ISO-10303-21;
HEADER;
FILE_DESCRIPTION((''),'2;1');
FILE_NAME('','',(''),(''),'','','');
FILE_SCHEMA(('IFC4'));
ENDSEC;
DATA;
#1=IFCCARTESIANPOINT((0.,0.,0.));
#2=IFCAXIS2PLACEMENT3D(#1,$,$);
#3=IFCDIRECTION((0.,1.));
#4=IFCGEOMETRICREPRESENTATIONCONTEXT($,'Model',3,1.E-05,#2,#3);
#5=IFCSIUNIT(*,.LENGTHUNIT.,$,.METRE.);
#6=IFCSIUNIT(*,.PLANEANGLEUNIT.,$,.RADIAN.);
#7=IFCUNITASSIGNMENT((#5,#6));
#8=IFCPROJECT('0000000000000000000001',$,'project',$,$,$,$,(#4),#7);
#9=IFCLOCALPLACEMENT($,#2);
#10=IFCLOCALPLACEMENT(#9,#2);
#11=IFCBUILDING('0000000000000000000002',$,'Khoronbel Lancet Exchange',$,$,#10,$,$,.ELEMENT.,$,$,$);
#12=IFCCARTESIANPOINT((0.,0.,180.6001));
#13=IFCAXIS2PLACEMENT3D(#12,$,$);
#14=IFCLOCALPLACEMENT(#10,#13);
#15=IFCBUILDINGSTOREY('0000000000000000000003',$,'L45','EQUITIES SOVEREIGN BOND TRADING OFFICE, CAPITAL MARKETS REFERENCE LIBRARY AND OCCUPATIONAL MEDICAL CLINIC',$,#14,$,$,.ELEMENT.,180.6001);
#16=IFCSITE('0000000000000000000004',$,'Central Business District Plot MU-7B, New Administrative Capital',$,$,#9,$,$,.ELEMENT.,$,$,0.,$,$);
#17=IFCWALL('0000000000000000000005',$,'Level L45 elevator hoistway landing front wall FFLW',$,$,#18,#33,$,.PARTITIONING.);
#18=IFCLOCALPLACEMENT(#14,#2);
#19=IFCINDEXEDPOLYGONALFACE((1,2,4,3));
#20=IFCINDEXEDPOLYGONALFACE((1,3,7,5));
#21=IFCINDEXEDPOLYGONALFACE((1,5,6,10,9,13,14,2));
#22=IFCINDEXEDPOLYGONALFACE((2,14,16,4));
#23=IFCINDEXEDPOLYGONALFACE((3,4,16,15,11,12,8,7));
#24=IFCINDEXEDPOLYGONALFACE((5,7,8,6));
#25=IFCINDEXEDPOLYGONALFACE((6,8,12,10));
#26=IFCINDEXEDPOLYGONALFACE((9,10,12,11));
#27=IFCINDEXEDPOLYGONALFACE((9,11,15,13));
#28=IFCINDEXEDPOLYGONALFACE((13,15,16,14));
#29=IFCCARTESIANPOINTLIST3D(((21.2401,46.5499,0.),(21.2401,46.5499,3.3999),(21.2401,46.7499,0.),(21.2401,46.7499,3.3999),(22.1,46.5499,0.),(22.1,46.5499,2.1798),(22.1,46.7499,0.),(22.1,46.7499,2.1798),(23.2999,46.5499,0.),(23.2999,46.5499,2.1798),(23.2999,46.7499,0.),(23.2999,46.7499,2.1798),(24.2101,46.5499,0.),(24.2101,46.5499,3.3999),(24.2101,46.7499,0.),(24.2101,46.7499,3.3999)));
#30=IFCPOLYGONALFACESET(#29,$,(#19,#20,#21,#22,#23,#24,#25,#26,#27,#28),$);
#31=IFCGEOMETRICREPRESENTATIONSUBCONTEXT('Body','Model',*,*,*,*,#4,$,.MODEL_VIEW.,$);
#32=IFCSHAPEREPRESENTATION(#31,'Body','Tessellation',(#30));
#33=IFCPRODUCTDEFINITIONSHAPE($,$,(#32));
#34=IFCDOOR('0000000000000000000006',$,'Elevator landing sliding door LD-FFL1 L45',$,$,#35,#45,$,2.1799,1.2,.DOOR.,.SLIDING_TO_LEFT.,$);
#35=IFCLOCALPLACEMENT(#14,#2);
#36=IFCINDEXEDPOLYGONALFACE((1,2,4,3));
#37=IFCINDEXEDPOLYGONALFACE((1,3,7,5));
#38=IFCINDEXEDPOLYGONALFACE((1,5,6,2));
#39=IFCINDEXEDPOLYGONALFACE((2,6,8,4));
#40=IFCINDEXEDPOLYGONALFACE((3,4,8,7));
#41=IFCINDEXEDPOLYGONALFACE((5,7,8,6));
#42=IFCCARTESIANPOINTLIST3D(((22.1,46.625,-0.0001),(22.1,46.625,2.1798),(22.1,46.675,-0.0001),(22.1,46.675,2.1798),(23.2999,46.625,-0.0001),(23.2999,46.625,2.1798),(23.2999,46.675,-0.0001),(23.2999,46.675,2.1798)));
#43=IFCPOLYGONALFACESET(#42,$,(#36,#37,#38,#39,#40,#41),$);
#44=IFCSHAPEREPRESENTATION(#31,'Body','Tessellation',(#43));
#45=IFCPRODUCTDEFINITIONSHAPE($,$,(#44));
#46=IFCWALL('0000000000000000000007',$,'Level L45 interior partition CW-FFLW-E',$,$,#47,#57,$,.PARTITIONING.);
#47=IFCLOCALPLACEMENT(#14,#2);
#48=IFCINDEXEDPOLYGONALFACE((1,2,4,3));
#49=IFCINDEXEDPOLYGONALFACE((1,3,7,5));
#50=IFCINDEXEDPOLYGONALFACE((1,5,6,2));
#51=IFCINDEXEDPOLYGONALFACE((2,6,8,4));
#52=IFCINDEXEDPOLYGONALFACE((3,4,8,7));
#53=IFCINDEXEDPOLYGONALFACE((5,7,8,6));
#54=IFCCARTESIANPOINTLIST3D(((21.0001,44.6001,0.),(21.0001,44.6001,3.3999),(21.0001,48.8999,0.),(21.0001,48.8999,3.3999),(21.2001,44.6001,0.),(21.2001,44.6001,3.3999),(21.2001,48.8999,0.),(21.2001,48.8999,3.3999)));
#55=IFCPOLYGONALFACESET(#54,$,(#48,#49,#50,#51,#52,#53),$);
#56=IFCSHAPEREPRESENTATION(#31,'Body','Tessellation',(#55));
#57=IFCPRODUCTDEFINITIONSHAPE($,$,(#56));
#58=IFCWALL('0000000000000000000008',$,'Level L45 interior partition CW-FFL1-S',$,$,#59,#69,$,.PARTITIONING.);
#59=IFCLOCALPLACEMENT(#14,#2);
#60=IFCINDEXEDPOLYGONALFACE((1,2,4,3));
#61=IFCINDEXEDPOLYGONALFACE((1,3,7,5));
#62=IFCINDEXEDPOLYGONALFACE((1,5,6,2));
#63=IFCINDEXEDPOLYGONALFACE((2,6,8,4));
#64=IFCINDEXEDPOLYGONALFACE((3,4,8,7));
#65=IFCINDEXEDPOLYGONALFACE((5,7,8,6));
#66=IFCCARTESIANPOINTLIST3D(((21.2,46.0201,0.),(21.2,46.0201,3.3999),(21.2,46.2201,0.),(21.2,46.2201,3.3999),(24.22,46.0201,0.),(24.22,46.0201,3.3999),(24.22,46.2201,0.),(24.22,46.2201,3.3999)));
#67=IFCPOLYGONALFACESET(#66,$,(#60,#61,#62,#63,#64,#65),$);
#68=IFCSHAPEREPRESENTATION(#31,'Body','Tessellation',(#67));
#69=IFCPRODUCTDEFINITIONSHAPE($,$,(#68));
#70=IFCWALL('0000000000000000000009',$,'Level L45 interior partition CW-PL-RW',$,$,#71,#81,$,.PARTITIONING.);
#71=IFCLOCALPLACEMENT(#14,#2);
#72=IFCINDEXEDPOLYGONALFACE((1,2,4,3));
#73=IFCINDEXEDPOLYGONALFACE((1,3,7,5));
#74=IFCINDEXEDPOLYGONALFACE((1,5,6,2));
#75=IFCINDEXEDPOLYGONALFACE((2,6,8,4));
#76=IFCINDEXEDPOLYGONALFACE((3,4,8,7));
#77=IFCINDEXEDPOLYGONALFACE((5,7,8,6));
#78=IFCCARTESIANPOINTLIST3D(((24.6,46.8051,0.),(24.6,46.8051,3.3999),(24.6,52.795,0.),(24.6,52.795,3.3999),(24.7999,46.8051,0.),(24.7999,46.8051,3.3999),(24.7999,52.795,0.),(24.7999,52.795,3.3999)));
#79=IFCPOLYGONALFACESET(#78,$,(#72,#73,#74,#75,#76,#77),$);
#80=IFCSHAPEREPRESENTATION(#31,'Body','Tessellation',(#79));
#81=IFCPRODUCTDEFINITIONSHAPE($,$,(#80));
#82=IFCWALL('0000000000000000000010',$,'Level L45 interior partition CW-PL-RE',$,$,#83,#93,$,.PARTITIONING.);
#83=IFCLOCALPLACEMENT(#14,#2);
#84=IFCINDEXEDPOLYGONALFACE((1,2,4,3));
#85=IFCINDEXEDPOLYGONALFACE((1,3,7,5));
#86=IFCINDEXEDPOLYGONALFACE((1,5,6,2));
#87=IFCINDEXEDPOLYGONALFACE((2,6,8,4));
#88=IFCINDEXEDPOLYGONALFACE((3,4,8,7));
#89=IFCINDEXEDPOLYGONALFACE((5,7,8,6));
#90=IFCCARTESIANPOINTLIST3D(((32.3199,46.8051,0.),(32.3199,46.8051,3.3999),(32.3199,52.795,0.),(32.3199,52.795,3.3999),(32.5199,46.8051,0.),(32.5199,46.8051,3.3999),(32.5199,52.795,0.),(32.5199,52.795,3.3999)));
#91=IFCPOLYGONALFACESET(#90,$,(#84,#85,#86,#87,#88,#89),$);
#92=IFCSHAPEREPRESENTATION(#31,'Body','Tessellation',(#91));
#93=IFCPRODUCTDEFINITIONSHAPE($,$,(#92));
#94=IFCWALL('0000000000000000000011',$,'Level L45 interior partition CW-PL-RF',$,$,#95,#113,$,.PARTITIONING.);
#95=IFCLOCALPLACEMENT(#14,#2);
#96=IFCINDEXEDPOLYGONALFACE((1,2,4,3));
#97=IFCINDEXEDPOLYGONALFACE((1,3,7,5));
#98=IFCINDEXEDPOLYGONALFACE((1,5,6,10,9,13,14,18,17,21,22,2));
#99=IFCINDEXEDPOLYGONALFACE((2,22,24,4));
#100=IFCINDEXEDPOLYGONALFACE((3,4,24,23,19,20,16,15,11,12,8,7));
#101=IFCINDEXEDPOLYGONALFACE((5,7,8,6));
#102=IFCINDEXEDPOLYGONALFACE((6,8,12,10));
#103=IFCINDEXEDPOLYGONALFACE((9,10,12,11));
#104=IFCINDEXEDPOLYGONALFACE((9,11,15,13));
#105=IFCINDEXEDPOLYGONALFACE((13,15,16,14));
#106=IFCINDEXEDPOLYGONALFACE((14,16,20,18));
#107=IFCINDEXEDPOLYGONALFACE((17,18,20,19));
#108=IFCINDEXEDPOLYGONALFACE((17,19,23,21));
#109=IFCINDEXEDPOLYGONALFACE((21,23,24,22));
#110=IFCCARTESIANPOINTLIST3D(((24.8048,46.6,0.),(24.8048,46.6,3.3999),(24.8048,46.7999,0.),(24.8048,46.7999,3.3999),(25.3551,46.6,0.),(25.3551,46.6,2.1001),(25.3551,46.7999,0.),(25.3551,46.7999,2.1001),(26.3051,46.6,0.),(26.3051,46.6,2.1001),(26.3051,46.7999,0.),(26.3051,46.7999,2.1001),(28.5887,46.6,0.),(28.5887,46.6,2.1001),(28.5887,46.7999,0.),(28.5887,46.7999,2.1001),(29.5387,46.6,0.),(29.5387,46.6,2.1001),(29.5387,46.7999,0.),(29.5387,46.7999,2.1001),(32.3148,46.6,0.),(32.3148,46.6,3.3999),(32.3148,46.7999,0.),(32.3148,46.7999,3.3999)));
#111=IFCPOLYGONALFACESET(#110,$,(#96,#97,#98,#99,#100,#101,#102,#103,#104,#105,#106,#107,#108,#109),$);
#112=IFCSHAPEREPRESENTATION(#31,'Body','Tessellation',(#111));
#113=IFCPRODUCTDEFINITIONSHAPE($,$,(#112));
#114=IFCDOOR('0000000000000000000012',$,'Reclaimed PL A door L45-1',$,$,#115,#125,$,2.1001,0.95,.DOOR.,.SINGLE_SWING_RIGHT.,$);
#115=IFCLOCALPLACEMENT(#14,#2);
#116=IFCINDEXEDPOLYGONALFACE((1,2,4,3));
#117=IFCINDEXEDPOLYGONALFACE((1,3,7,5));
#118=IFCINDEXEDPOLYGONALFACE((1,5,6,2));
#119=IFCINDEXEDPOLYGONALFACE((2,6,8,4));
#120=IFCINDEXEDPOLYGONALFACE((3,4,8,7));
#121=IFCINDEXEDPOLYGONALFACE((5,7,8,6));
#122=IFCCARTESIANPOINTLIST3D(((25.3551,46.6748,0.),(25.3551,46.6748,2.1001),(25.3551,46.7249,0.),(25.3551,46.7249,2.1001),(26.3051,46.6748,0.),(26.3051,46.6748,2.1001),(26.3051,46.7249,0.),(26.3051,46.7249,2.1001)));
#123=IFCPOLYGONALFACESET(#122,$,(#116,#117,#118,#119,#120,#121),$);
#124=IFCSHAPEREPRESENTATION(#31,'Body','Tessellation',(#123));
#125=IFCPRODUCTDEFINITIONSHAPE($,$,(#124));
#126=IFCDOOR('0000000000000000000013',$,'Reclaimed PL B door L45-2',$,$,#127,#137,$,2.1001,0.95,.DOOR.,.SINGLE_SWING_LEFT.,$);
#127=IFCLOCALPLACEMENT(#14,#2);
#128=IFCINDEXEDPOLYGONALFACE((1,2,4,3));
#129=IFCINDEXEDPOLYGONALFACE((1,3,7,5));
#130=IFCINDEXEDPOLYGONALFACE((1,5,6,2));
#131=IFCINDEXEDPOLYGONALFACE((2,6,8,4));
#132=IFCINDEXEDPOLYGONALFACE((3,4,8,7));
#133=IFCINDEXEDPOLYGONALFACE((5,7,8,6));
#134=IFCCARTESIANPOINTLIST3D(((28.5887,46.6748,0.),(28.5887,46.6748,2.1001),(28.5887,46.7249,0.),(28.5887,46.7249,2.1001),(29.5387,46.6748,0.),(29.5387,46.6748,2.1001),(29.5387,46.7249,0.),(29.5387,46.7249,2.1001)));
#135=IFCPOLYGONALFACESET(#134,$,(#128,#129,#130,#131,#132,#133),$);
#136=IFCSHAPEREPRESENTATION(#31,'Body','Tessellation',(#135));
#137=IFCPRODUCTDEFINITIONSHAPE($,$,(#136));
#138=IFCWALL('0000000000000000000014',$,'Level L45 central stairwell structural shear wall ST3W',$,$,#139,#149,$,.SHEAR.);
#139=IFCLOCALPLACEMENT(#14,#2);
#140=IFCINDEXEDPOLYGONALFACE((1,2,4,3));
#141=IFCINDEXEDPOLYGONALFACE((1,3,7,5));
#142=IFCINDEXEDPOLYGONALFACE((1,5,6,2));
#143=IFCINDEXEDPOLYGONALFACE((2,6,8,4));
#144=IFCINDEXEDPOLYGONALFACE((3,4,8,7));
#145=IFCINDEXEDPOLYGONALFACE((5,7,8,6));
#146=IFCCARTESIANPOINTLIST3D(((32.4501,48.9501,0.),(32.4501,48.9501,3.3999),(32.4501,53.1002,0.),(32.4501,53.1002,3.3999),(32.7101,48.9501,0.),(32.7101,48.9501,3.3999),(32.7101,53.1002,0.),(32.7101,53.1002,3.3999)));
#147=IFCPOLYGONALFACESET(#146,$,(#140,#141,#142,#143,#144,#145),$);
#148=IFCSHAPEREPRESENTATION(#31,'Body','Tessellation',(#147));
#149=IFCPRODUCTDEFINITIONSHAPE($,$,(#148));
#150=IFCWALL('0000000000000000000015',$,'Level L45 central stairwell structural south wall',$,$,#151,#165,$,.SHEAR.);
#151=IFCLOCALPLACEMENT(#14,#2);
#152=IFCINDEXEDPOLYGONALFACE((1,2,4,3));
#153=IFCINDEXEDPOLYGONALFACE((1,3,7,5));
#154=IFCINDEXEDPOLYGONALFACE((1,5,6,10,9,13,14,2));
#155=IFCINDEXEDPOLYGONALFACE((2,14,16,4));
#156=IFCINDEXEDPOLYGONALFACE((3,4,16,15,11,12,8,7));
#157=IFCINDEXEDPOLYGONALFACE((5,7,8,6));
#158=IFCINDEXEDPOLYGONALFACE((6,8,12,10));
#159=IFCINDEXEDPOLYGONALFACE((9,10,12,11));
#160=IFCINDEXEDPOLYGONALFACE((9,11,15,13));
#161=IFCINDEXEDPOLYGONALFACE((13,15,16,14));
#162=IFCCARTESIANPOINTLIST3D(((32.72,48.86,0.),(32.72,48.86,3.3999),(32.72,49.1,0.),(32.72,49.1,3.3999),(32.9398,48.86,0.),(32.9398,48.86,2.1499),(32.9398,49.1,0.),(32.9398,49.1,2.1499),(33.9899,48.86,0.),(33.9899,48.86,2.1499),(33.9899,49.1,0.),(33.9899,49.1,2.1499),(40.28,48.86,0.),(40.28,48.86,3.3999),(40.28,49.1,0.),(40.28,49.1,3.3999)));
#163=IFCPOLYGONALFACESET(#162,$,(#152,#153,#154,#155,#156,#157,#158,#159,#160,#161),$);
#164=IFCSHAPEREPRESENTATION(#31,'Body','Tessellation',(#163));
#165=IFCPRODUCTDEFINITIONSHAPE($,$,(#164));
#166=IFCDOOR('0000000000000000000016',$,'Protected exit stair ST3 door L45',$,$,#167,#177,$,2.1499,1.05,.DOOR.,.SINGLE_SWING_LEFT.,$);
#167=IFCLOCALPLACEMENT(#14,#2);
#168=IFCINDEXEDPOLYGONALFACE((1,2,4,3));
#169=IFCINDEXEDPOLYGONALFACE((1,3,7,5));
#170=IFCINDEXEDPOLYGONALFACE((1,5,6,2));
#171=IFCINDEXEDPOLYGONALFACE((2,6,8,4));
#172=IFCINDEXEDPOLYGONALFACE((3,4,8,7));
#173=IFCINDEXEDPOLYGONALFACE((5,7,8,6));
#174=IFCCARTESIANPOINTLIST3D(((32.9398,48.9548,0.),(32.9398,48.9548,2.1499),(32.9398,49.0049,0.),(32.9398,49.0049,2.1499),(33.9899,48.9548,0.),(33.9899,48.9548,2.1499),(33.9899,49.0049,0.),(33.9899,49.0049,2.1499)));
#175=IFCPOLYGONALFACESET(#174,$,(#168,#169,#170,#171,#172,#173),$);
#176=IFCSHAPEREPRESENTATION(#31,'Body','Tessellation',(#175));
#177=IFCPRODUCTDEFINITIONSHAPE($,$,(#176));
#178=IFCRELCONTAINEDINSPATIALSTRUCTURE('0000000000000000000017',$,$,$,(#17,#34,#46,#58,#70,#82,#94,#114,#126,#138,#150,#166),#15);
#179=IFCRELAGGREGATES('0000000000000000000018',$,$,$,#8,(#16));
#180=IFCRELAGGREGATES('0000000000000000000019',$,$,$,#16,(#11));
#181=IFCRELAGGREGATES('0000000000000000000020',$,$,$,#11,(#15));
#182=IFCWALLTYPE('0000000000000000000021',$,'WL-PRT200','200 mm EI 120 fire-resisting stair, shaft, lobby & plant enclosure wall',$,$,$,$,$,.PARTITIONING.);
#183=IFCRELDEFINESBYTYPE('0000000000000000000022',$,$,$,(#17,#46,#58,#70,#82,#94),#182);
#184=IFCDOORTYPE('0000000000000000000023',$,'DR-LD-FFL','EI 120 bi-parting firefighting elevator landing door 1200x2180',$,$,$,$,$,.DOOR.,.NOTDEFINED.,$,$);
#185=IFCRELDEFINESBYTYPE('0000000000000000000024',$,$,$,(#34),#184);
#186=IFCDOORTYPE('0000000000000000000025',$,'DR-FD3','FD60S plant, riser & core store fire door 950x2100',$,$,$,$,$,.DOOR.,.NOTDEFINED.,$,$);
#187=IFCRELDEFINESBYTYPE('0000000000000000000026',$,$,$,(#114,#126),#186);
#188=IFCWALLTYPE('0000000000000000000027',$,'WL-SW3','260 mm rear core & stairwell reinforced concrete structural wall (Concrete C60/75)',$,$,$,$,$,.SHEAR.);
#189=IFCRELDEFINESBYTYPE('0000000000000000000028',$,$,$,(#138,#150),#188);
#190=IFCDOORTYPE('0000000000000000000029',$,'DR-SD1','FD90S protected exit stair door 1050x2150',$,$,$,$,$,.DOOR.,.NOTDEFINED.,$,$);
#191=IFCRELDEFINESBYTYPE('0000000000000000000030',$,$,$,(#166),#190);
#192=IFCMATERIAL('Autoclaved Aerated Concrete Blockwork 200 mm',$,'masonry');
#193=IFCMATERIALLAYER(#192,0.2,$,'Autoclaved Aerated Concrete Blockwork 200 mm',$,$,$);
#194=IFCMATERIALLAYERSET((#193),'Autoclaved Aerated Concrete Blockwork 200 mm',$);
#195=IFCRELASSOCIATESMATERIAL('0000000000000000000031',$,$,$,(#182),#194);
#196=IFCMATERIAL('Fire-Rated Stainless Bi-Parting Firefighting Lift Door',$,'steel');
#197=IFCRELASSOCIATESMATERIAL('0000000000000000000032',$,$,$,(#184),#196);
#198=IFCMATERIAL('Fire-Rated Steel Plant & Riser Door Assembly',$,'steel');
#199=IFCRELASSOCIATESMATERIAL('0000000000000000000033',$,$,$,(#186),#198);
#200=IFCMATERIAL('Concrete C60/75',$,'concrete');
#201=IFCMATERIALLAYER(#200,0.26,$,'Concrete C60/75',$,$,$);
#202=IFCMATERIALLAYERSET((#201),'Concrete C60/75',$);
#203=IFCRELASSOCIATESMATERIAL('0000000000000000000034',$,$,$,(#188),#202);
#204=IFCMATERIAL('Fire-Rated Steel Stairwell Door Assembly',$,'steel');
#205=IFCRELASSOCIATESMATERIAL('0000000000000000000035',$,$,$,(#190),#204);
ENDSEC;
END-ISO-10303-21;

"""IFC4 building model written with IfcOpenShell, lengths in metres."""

from ifc_helpers import new_model, si_unit, direction, frame, frame_2d, origin, place, context, subcontext, project, spatial, rectangle, extrude, material, layer, layer_set, type_object, element, fill, save


model = new_model("IFC4")

# Units and contexts
model_context = context("Model", 3, precision=1e-05, world=origin(), true_north=direction((0.0, 1.0)))
body_context = subcontext(model_context, "Body", "Model", "MODEL_VIEW")
ifc_project = project(units=[si_unit("LENGTHUNIT", "METRE"), si_unit("PLANEANGLEUNIT", "RADIAN")], contexts=[model_context])

# Site, building, storey
site_placement = place(None, origin())
site = spatial("IfcSite", under=ifc_project, at=site_placement, Name="Central Business District Plot MU-7B, New Administrative Capital", CompositionType="ELEMENT", RefElevation=0.0)
building_placement = place(site_placement, origin())
building = spatial("IfcBuilding", under=site, at=building_placement, Name="Khoronbel Lancet Exchange", CompositionType="ELEMENT")
storey_placement = place(building_placement, frame((0.0, 0.0, 180.6001)))
storey = spatial("IfcBuildingStorey", under=building, at=storey_placement, Name="L45", Description="EQUITIES SOVEREIGN BOND TRADING OFFICE, CAPITAL MARKETS REFERENCE LIBRARY AND OCCUPATIONAL MEDICAL CLINIC", CompositionType="ELEMENT", Elevation=180.6001)

# Wall, opening, door
ifc_material_1 = material(Name="Autoclaved Aerated Concrete Blockwork 200 mm", Category="masonry")
ifc_layer_1 = layer(ifc_material_1, 0.2, Name="Autoclaved Aerated Concrete Blockwork 200 mm")
ifc_layer_set_1 = layer_set([ifc_layer_1], Name="Autoclaved Aerated Concrete Blockwork 200 mm")
wall_type_1 = type_object("IfcWallType", Name="WL-PRT200", Description="200 mm EI 120 fire-resisting stair, shaft, lobby & plant enclosure wall", PredefinedType="PARTITIONING", material=ifc_layer_set_1)
wall_1_placement = place(storey_placement, frame((24.21, 46.6499, 0.0), z_axis=(0.0, 0.0, 1.0), x_axis=(-1.0, 0.0, 0.0)))
wall_1 = element("IfcWall", 1, at=wall_1_placement, inside=storey, type_object=wall_type_1, Name="Level L45 elevator hoistway landing front wall FFLW", PredefinedType="PARTITIONING", context=body_context, shape_type="SweptSolid", body=[
    extrude(rectangle(XDim=2.97, YDim=0.2, at=frame_2d((1.4849, 0.0))), origin(), (0.0, 0.0, 1.0), 3.3999),
])
opening_1_placement = place(wall_1_placement, frame((0.9099, 0.0, 0.0)))
opening_1 = element("IfcOpeningElement", 2, at=opening_1_placement, cuts=wall_1, PredefinedType="OPENING", context=body_context, shape_type="SweptSolid", body=[
    extrude(rectangle(XDim=1.2, YDim=2.1799, at=frame_2d((0.6001, 1.0898))), frame((0.0, 0.1099, 0.0), z_axis=(0.0, -1.0, 0.0), x_axis=(1.0, 0.0, 0.0)), (0.0, 0.0, 1.0), 0.22),
])
ifc_material_2 = material(Name="Fire-Rated Stainless Bi-Parting Firefighting Lift Door", Category="steel")
door_type_1 = type_object("IfcDoorType", Name="DR-LD-FFL", Description="EI 120 bi-parting firefighting elevator landing door 1200x2180", OperationType="NOTDEFINED", PredefinedType="DOOR", material=ifc_material_2)
door_1_placement = place(opening_1_placement, origin())
door_1 = element("IfcDoor", 3, at=door_1_placement, inside=storey, type_object=door_type_1, Name="Elevator landing sliding door LD-FFL1 L45", OperationType="SLIDING_TO_LEFT", OverallHeight=2.1799, OverallWidth=1.2, PredefinedType="DOOR", context=body_context, shape_type="SweptSolid", body=[
    extrude(rectangle(XDim=1.2, YDim=2.1799, at=frame_2d((0.6001, 1.0898))), frame((0.0, 0.0249, 0.0), z_axis=(0.0, -1.0, 0.0), x_axis=(1.0, 0.0, 0.0)), (0.0, 0.0, 1.0), 0.05),
])
fill(opening_1, door_1)

# Walls
wall_2_placement = place(storey_placement, frame((21.1001, 44.6001, 0.0), z_axis=(0.0, 0.0, 1.0), x_axis=(0.0, 1.0, 0.0)))
element("IfcWall", 4, at=wall_2_placement, inside=storey, type_object=wall_type_1, Name="Level L45 interior partition CW-FFLW-E", PredefinedType="PARTITIONING", context=body_context, shape_type="SweptSolid", body=[
    extrude(rectangle(XDim=4.2998, YDim=0.2, at=frame_2d((2.1499, 0.0))), origin(), (0.0, 0.0, 1.0), 3.3999),
])
wall_3_placement = place(storey_placement, frame((21.2, 46.1201, 0.0), z_axis=(0.0, 0.0, 1.0), x_axis=(1.0, 0.0, 0.0)))
element("IfcWall", 5, at=wall_3_placement, inside=storey, type_object=wall_type_1, Name="Level L45 interior partition CW-FFL1-S", PredefinedType="PARTITIONING", context=body_context, shape_type="SweptSolid", body=[
    extrude(rectangle(XDim=3.02, YDim=0.2, at=frame_2d((1.51, 0.0))), origin(), (0.0, 0.0, 1.0), 3.3999),
])
for number, where, z_axis, x_axis, name in (
    (6, (24.7, 46.8049, 0.0), (0.0, 0.0, 1.0), (0.0, 1.0, 0.0), "Level L45 interior partition CW-PL-RW"),
    (7, (32.4199, 46.8049, 0.0), (0.0, 0.0, 1.0), (0.0, 1.0, 0.0), "Level L45 interior partition CW-PL-RE"),
):
    element("IfcWall", number, at=place(storey_placement, frame(where, z_axis=z_axis, x_axis=x_axis)), inside=storey, type_object=wall_type_1, Name=name, PredefinedType="PARTITIONING", context=body_context, shape_type="SweptSolid", body=[
        extrude(rectangle(XDim=5.99, YDim=0.2, at=frame_2d((2.9951, 0.0))), origin(), (0.0, 0.0, 1.0), 3.3999),
    ])

# Wall, openings, doors
wall_4_placement = place(storey_placement, frame((24.8049, 46.7, 0.0), z_axis=(0.0, 0.0, 1.0), x_axis=(1.0, 0.0, 0.0)))
wall_4 = element("IfcWall", 8, at=wall_4_placement, inside=storey, type_object=wall_type_1, Name="Level L45 interior partition CW-PL-RF", PredefinedType="PARTITIONING", context=body_context, shape_type="SweptSolid", body=[
    extrude(rectangle(XDim=7.51, YDim=0.2, at=frame_2d((3.7549, 0.0))), origin(), (0.0, 0.0, 1.0), 3.3999),
])
opening_2_placement = place(wall_4_placement, frame((0.55, 0.0, 0.0)))
opening_2 = element("IfcOpeningElement", 9, at=opening_2_placement, cuts=wall_4, PredefinedType="OPENING", context=body_context, shape_type="SweptSolid", body=[
    extrude(rectangle(XDim=0.95, YDim=2.1001, at=frame_2d((0.4751, 1.05))), frame((0.0, 0.1099, 0.0), z_axis=(0.0, -1.0, 0.0), x_axis=(1.0, 0.0, 0.0)), (0.0, 0.0, 1.0), 0.22),
])
opening_3_placement = place(wall_4_placement, frame((3.7837, 0.0, 0.0)))
opening_3 = element("IfcOpeningElement", 10, at=opening_3_placement, cuts=wall_4, PredefinedType="OPENING", context=body_context, shape_type="SweptSolid", body=[
    extrude(rectangle(XDim=0.95, YDim=2.1001, at=frame_2d((0.4751, 1.05))), frame((0.0, 0.1099, 0.0), z_axis=(0.0, -1.0, 0.0), x_axis=(1.0, 0.0, 0.0)), (0.0, 0.0, 1.0), 0.22),
])
ifc_material_3 = material(Name="Fire-Rated Steel Plant & Riser Door Assembly", Category="steel")
door_type_2 = type_object("IfcDoorType", Name="DR-FD3", Description="FD60S plant, riser & core store fire door 950x2100", OperationType="NOTDEFINED", PredefinedType="DOOR", material=ifc_material_3)
door_2_placement = place(opening_2_placement, origin())
door_2 = element("IfcDoor", 11, at=door_2_placement, inside=storey, type_object=door_type_2, Name="Reclaimed PL A door L45-1", OperationType="SINGLE_SWING_RIGHT", OverallHeight=2.1001, OverallWidth=0.95, PredefinedType="DOOR", context=body_context, shape_type="SweptSolid", body=[
    extrude(rectangle(XDim=0.95, YDim=2.1001, at=frame_2d((0.4751, 1.05))), frame((0.0, 0.0249, 0.0), z_axis=(0.0, -1.0, 0.0), x_axis=(1.0, 0.0, 0.0)), (0.0, 0.0, 1.0), 0.05),
])
fill(opening_2, door_2)
door_3_placement = place(opening_3_placement, origin())
door_3 = element("IfcDoor", 12, at=door_3_placement, inside=storey, type_object=door_type_2, Name="Reclaimed PL B door L45-2", OperationType="SINGLE_SWING_LEFT", OverallHeight=2.1001, OverallWidth=0.95, PredefinedType="DOOR", context=body_context, shape_type="SweptSolid", body=[
    extrude(rectangle(XDim=0.95, YDim=2.1001, at=frame_2d((0.4751, 1.05))), frame((0.0, 0.0249, 0.0), z_axis=(0.0, -1.0, 0.0), x_axis=(1.0, 0.0, 0.0)), (0.0, 0.0, 1.0), 0.05),
])
fill(opening_3, door_3)

# Wall
ifc_material_4 = material(Name="Concrete C60/75", Category="concrete")
ifc_layer_2 = layer(ifc_material_4, 0.26, Name="Concrete C60/75")
ifc_layer_set_2 = layer_set([ifc_layer_2], Name="Concrete C60/75")
wall_type_2 = type_object("IfcWallType", Name="WL-SW3", Description="260 mm rear core & stairwell reinforced concrete structural wall (Concrete C60/75)", PredefinedType="SHEAR", material=ifc_layer_set_2)
wall_5_placement = place(storey_placement, frame((32.5801, 48.95, 0.0), z_axis=(0.0, 0.0, 1.0), x_axis=(0.0, 1.0, 0.0)))
element("IfcWall", 13, at=wall_5_placement, inside=storey, type_object=wall_type_2, Name="Level L45 central stairwell structural shear wall ST3W", PredefinedType="SHEAR", context=body_context, shape_type="SweptSolid", body=[
    extrude(rectangle(XDim=4.1501, YDim=0.26, at=frame_2d((2.0752, 0.0))), origin(), (0.0, 0.0, 1.0), 3.3999),
])

# Wall, opening, door
wall_6_placement = place(storey_placement, frame((32.72, 48.98, 0.0), z_axis=(0.0, 0.0, 1.0), x_axis=(1.0, 0.0, 0.0)))
wall_6 = element("IfcWall", 14, at=wall_6_placement, inside=storey, type_object=wall_type_2, Name="Level L45 central stairwell structural south wall", PredefinedType="SHEAR", context=body_context, shape_type="SweptSolid", body=[
    extrude(rectangle(XDim=7.5601, YDim=0.24, at=frame_2d((3.78, 0.0))), origin(), (0.0, 0.0, 1.0), 3.3999),
])
opening_4_placement = place(wall_6_placement, frame((0.22, 0.0, 0.0)))
opening_4 = element("IfcOpeningElement", 15, at=opening_4_placement, cuts=wall_6, PredefinedType="OPENING", context=body_context, shape_type="SweptSolid", body=[
    extrude(rectangle(XDim=1.05, YDim=2.1499, at=frame_2d((0.5249, 1.075))), frame((0.0, 0.1299, 0.0), z_axis=(0.0, -1.0, 0.0), x_axis=(1.0, 0.0, 0.0)), (0.0, 0.0, 1.0), 0.26),
])
ifc_material_5 = material(Name="Fire-Rated Steel Stairwell Door Assembly", Category="steel")
door_type_3 = type_object("IfcDoorType", Name="DR-SD1", Description="FD90S protected exit stair door 1050x2150", OperationType="NOTDEFINED", PredefinedType="DOOR", material=ifc_material_5)
door_4_placement = place(opening_4_placement, origin())
door_4 = element("IfcDoor", 16, at=door_4_placement, inside=storey, type_object=door_type_3, Name="Protected exit stair ST3 door L45", OperationType="SINGLE_SWING_LEFT", OverallHeight=2.1499, OverallWidth=1.05, PredefinedType="DOOR", context=body_context, shape_type="SweptSolid", body=[
    extrude(rectangle(XDim=1.05, YDim=2.1499, at=frame_2d((0.5249, 1.075))), frame((0.0, 0.0249, 0.0), z_axis=(0.0, -1.0, 0.0), x_axis=(1.0, 0.0, 0.0)), (0.0, 0.0, 1.0), 0.05),
])
fill(opening_4, door_4)

save(model, "model.ifc")
